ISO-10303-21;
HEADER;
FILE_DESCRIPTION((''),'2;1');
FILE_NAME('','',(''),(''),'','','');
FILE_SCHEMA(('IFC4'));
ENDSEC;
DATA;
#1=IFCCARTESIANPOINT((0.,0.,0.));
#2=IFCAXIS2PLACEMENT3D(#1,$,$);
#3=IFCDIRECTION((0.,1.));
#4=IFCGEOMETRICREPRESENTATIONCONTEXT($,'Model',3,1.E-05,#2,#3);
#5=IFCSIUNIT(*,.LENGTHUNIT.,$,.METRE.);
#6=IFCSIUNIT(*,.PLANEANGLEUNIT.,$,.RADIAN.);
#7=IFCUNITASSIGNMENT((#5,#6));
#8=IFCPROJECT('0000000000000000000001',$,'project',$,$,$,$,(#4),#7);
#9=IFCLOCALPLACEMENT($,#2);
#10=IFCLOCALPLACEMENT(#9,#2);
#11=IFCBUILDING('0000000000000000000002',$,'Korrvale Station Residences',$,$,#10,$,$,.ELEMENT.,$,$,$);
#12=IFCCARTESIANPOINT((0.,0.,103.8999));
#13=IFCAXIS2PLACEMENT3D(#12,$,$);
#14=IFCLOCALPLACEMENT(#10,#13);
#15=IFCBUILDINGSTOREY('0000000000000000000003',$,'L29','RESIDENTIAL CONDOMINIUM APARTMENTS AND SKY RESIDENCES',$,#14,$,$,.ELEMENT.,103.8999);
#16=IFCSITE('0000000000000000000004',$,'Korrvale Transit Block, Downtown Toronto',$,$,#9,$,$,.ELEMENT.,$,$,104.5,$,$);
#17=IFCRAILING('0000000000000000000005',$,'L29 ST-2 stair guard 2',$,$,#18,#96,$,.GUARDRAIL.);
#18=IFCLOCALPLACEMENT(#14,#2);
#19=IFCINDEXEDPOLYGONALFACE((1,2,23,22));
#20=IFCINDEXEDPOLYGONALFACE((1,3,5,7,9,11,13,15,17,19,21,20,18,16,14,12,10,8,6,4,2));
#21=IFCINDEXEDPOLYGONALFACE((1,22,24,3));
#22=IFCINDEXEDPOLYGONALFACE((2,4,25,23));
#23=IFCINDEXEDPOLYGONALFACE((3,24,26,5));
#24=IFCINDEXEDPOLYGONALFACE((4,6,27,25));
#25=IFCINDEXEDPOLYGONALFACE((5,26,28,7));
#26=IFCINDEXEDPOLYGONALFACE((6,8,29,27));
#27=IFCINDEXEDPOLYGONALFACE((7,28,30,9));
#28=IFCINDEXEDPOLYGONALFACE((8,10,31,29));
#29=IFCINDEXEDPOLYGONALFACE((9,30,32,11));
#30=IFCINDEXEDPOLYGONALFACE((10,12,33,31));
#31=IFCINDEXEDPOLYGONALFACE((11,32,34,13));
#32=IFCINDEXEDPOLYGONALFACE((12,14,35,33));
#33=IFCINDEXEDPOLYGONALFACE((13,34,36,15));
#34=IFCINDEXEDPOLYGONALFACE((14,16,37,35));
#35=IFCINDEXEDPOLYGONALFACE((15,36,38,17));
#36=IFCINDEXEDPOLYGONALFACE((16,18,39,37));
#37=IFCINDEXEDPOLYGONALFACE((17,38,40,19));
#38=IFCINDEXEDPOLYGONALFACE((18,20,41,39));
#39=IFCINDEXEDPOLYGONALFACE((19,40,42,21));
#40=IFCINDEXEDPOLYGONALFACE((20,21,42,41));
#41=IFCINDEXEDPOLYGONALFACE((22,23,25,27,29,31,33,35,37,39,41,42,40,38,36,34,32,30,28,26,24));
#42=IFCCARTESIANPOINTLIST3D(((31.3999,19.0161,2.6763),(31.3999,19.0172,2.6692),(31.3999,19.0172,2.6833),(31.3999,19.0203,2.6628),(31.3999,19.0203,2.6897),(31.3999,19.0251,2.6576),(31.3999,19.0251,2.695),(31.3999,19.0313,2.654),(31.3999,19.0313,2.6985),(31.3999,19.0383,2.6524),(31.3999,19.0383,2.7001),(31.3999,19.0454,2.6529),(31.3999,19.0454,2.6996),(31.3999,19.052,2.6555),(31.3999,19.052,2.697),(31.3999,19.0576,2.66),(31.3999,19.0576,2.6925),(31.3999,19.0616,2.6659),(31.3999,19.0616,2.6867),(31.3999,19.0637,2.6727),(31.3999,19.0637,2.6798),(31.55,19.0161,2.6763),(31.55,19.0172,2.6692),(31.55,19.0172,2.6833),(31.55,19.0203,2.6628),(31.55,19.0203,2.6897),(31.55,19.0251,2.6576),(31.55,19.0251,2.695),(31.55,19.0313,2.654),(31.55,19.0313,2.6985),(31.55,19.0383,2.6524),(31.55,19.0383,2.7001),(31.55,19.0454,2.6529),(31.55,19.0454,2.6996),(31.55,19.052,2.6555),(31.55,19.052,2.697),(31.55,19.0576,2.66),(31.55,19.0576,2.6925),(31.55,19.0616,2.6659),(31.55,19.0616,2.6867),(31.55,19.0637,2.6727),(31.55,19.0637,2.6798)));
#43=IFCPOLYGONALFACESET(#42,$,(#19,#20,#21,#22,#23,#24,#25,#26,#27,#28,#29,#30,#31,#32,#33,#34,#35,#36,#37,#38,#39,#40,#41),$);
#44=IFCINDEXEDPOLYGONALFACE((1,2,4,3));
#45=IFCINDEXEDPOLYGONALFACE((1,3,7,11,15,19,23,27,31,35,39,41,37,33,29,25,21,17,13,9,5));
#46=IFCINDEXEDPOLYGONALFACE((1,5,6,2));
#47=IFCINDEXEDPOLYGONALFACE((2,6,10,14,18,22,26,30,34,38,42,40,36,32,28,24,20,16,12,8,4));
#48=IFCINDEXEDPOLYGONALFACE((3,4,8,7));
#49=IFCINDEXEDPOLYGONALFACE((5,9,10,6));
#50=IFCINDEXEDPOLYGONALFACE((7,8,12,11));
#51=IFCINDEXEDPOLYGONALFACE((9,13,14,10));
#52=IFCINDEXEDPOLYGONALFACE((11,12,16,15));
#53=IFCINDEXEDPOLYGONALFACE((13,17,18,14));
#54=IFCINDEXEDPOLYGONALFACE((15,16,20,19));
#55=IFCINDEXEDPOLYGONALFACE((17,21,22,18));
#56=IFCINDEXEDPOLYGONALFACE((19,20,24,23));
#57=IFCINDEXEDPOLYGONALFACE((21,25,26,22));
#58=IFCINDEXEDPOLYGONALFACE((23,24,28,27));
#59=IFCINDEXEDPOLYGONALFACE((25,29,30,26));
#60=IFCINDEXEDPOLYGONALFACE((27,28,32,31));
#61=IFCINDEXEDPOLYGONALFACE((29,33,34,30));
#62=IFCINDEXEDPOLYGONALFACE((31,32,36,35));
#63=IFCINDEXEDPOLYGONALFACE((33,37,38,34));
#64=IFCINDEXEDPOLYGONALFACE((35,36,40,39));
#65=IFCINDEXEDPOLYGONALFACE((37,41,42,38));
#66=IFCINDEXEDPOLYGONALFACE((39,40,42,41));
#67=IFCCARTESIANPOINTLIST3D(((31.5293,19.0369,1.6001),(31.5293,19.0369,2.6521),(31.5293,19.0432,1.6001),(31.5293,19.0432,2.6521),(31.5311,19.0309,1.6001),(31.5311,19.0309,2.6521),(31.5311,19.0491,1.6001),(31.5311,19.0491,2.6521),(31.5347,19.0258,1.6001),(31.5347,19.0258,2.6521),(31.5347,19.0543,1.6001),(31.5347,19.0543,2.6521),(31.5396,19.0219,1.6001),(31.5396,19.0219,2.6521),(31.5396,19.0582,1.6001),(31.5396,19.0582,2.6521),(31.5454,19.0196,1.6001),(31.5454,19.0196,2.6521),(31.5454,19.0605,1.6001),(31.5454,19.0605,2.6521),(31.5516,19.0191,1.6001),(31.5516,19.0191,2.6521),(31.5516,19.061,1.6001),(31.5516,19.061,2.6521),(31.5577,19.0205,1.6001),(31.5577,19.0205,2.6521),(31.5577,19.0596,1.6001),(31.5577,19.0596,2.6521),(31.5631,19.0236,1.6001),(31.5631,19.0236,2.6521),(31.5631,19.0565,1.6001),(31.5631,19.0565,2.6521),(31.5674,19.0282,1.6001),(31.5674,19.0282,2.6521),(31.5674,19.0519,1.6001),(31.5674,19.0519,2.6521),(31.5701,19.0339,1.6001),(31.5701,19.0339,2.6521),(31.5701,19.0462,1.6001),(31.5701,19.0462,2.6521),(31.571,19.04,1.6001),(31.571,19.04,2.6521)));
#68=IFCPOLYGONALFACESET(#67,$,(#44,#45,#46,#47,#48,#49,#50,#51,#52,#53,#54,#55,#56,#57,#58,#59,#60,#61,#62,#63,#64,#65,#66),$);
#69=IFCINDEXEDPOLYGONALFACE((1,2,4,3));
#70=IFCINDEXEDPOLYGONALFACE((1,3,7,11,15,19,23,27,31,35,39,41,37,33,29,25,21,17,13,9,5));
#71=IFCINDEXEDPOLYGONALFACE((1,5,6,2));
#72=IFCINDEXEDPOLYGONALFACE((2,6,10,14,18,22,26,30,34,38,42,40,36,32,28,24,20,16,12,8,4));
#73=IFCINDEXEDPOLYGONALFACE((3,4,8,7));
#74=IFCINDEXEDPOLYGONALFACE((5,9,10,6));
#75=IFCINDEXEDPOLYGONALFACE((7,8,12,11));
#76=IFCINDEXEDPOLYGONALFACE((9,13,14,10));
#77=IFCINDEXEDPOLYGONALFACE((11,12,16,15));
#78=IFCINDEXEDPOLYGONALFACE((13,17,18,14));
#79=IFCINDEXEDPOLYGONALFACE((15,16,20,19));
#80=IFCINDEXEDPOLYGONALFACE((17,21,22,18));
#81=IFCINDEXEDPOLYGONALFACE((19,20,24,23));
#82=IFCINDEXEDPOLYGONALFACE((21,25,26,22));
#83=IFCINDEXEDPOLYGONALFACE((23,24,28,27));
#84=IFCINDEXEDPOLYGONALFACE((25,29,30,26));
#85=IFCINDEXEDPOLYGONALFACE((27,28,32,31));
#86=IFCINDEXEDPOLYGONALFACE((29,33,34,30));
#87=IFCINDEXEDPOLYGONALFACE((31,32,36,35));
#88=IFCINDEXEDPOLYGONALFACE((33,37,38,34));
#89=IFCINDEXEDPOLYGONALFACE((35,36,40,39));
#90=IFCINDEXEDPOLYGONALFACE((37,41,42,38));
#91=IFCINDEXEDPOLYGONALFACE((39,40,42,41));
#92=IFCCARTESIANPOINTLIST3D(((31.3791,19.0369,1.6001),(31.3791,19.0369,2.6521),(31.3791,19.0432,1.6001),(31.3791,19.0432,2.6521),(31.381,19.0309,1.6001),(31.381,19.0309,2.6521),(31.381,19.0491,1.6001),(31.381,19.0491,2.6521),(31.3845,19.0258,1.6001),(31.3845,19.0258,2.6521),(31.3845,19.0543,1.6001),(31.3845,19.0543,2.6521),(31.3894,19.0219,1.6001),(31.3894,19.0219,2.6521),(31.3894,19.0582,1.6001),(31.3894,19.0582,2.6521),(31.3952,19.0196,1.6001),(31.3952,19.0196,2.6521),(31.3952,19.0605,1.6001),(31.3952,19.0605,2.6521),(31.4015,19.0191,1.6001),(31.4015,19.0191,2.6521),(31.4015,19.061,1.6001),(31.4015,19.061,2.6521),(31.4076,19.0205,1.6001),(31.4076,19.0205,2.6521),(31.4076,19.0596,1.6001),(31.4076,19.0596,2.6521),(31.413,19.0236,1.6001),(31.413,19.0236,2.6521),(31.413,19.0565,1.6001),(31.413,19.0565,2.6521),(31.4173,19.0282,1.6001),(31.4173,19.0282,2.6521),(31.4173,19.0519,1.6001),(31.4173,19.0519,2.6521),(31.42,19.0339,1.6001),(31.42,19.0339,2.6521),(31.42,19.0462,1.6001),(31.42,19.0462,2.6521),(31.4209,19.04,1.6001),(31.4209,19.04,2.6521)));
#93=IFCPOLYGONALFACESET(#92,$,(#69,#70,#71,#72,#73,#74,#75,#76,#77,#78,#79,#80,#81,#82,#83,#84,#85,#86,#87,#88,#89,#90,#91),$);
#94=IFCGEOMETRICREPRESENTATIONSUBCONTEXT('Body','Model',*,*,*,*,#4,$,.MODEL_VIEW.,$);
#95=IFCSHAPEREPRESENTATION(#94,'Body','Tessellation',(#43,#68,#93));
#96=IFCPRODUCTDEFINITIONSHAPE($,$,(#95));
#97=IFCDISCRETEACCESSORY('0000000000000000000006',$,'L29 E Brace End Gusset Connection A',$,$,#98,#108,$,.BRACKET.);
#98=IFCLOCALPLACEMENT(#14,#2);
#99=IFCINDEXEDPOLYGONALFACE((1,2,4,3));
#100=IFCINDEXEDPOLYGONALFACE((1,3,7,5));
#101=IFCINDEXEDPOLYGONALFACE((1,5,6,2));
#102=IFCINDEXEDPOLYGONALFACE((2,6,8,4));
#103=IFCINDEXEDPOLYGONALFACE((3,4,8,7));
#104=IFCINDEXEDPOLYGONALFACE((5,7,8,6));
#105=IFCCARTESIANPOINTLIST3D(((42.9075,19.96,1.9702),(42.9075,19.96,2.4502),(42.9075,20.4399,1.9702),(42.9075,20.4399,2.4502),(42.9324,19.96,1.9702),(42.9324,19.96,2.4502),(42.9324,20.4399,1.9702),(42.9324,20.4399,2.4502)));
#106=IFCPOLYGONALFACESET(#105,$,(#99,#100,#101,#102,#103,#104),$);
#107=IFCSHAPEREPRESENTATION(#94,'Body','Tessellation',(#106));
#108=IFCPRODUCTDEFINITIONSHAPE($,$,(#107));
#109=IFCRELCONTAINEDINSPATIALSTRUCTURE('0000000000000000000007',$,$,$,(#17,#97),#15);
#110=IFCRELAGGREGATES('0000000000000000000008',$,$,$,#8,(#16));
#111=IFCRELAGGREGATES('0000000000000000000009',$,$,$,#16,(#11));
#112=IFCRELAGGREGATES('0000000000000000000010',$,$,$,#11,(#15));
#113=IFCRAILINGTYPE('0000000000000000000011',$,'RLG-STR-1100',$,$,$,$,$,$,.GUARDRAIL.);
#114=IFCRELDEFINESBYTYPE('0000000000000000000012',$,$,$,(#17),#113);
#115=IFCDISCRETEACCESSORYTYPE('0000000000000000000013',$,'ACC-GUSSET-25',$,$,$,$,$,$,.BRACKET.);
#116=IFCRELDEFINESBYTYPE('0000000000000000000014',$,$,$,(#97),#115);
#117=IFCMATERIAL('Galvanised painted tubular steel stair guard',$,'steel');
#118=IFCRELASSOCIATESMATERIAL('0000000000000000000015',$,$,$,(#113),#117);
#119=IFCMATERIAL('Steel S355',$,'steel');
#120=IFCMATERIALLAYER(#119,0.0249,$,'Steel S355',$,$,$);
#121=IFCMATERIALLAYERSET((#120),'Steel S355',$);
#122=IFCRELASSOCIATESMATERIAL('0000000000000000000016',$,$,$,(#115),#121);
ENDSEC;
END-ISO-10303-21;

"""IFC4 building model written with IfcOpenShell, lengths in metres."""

from ifc_helpers import new_model, si_unit, direction, frame, origin, origin_2d, place, context, subcontext, project, spatial, rectangle, circle, extrude, material, layer, layer_set, type_object, element, save


model = new_model("IFC4")

# Units and contexts
model_context = context("Model", 3, precision=1e-05, world=origin(), true_north=direction((0.0, 1.0)))
body_context = subcontext(model_context, "Body", "Model", "MODEL_VIEW")
ifc_project = project(units=[si_unit("LENGTHUNIT", "METRE"), si_unit("PLANEANGLEUNIT", "RADIAN")], contexts=[model_context])

# Site, building, storey
site_placement = place(None, origin())
site = spatial("IfcSite", under=ifc_project, at=site_placement, Name="Korrvale Transit Block, Downtown Toronto", CompositionType="ELEMENT", RefElevation=104.5)
building_placement = place(site_placement, origin())
building = spatial("IfcBuilding", under=site, at=building_placement, Name="Korrvale Station Residences", CompositionType="ELEMENT")
storey_placement = place(building_placement, frame((0.0, 0.0, 103.8999)))
storey = spatial("IfcBuildingStorey", under=building, at=storey_placement, Name="L29", Description="RESIDENTIAL CONDOMINIUM APARTMENTS AND SKY RESIDENCES", CompositionType="ELEMENT", Elevation=103.8999)

# Shared definitions
ifc_material_1 = material(Name="Steel S355", Category="steel")

# Railing
ifc_material_2 = material(Name="Galvanised painted tubular steel stair guard", Category="steel")
railing_type_1 = type_object("IfcRailingType", Name="RLG-STR-1100", PredefinedType="GUARDRAIL", material=ifc_material_2)
railing_1_placement = place(storey_placement, frame((31.55, 19.04, 1.6001)))
element("IfcRailing", 1, at=railing_1_placement, inside=storey, type_object=railing_type_1, Name="L29 ST-2 stair guard 2", PredefinedType="GUARDRAIL", context=body_context, shape_type="SweptSolid", body=[
    extrude(circle(Radius=0.0239, at=origin_2d()), frame((0.0, 0.0, 1.0762), z_axis=(-1.0, 0.0, 0.0), x_axis=(0.0, -1.0, 0.0)), (0.0, 0.0, 1.0), 0.1501),
    extrude(circle(Radius=0.021, at=origin_2d()), origin(), (0.0, 0.0, 1.0), 1.052),
    extrude(circle(Radius=0.021, at=origin_2d()), frame((-0.1501, 0.0, 0.0)), (0.0, 0.0, 1.0), 1.052),
])

# Discrete accessory
ifc_layer_1 = layer(ifc_material_1, 0.0249, Name="Steel S355")
ifc_layer_set_1 = layer_set([ifc_layer_1], Name="Steel S355")
discrete_accessory_type = type_object("IfcDiscreteAccessoryType", Name="ACC-GUSSET-25", PredefinedType="BRACKET", material=ifc_layer_set_1)
discrete_accessory_placement = place(storey_placement, frame((42.9199, 20.2, 1.9702), z_axis=(0.0, 0.0, 1.0), x_axis=(0.0, 1.0, 0.0)))
element("IfcDiscreteAccessory", 2, at=discrete_accessory_placement, inside=storey, type_object=discrete_accessory_type, Name="L29 E Brace End Gusset Connection A", PredefinedType="BRACKET", context=body_context, shape_type="SweptSolid", body=[
    extrude(rectangle(XDim=0.48, YDim=0.0249, at=origin_2d()), origin(), (0.0, 0.0, 1.0), 0.48),
])

save(model, "model.ifc")
